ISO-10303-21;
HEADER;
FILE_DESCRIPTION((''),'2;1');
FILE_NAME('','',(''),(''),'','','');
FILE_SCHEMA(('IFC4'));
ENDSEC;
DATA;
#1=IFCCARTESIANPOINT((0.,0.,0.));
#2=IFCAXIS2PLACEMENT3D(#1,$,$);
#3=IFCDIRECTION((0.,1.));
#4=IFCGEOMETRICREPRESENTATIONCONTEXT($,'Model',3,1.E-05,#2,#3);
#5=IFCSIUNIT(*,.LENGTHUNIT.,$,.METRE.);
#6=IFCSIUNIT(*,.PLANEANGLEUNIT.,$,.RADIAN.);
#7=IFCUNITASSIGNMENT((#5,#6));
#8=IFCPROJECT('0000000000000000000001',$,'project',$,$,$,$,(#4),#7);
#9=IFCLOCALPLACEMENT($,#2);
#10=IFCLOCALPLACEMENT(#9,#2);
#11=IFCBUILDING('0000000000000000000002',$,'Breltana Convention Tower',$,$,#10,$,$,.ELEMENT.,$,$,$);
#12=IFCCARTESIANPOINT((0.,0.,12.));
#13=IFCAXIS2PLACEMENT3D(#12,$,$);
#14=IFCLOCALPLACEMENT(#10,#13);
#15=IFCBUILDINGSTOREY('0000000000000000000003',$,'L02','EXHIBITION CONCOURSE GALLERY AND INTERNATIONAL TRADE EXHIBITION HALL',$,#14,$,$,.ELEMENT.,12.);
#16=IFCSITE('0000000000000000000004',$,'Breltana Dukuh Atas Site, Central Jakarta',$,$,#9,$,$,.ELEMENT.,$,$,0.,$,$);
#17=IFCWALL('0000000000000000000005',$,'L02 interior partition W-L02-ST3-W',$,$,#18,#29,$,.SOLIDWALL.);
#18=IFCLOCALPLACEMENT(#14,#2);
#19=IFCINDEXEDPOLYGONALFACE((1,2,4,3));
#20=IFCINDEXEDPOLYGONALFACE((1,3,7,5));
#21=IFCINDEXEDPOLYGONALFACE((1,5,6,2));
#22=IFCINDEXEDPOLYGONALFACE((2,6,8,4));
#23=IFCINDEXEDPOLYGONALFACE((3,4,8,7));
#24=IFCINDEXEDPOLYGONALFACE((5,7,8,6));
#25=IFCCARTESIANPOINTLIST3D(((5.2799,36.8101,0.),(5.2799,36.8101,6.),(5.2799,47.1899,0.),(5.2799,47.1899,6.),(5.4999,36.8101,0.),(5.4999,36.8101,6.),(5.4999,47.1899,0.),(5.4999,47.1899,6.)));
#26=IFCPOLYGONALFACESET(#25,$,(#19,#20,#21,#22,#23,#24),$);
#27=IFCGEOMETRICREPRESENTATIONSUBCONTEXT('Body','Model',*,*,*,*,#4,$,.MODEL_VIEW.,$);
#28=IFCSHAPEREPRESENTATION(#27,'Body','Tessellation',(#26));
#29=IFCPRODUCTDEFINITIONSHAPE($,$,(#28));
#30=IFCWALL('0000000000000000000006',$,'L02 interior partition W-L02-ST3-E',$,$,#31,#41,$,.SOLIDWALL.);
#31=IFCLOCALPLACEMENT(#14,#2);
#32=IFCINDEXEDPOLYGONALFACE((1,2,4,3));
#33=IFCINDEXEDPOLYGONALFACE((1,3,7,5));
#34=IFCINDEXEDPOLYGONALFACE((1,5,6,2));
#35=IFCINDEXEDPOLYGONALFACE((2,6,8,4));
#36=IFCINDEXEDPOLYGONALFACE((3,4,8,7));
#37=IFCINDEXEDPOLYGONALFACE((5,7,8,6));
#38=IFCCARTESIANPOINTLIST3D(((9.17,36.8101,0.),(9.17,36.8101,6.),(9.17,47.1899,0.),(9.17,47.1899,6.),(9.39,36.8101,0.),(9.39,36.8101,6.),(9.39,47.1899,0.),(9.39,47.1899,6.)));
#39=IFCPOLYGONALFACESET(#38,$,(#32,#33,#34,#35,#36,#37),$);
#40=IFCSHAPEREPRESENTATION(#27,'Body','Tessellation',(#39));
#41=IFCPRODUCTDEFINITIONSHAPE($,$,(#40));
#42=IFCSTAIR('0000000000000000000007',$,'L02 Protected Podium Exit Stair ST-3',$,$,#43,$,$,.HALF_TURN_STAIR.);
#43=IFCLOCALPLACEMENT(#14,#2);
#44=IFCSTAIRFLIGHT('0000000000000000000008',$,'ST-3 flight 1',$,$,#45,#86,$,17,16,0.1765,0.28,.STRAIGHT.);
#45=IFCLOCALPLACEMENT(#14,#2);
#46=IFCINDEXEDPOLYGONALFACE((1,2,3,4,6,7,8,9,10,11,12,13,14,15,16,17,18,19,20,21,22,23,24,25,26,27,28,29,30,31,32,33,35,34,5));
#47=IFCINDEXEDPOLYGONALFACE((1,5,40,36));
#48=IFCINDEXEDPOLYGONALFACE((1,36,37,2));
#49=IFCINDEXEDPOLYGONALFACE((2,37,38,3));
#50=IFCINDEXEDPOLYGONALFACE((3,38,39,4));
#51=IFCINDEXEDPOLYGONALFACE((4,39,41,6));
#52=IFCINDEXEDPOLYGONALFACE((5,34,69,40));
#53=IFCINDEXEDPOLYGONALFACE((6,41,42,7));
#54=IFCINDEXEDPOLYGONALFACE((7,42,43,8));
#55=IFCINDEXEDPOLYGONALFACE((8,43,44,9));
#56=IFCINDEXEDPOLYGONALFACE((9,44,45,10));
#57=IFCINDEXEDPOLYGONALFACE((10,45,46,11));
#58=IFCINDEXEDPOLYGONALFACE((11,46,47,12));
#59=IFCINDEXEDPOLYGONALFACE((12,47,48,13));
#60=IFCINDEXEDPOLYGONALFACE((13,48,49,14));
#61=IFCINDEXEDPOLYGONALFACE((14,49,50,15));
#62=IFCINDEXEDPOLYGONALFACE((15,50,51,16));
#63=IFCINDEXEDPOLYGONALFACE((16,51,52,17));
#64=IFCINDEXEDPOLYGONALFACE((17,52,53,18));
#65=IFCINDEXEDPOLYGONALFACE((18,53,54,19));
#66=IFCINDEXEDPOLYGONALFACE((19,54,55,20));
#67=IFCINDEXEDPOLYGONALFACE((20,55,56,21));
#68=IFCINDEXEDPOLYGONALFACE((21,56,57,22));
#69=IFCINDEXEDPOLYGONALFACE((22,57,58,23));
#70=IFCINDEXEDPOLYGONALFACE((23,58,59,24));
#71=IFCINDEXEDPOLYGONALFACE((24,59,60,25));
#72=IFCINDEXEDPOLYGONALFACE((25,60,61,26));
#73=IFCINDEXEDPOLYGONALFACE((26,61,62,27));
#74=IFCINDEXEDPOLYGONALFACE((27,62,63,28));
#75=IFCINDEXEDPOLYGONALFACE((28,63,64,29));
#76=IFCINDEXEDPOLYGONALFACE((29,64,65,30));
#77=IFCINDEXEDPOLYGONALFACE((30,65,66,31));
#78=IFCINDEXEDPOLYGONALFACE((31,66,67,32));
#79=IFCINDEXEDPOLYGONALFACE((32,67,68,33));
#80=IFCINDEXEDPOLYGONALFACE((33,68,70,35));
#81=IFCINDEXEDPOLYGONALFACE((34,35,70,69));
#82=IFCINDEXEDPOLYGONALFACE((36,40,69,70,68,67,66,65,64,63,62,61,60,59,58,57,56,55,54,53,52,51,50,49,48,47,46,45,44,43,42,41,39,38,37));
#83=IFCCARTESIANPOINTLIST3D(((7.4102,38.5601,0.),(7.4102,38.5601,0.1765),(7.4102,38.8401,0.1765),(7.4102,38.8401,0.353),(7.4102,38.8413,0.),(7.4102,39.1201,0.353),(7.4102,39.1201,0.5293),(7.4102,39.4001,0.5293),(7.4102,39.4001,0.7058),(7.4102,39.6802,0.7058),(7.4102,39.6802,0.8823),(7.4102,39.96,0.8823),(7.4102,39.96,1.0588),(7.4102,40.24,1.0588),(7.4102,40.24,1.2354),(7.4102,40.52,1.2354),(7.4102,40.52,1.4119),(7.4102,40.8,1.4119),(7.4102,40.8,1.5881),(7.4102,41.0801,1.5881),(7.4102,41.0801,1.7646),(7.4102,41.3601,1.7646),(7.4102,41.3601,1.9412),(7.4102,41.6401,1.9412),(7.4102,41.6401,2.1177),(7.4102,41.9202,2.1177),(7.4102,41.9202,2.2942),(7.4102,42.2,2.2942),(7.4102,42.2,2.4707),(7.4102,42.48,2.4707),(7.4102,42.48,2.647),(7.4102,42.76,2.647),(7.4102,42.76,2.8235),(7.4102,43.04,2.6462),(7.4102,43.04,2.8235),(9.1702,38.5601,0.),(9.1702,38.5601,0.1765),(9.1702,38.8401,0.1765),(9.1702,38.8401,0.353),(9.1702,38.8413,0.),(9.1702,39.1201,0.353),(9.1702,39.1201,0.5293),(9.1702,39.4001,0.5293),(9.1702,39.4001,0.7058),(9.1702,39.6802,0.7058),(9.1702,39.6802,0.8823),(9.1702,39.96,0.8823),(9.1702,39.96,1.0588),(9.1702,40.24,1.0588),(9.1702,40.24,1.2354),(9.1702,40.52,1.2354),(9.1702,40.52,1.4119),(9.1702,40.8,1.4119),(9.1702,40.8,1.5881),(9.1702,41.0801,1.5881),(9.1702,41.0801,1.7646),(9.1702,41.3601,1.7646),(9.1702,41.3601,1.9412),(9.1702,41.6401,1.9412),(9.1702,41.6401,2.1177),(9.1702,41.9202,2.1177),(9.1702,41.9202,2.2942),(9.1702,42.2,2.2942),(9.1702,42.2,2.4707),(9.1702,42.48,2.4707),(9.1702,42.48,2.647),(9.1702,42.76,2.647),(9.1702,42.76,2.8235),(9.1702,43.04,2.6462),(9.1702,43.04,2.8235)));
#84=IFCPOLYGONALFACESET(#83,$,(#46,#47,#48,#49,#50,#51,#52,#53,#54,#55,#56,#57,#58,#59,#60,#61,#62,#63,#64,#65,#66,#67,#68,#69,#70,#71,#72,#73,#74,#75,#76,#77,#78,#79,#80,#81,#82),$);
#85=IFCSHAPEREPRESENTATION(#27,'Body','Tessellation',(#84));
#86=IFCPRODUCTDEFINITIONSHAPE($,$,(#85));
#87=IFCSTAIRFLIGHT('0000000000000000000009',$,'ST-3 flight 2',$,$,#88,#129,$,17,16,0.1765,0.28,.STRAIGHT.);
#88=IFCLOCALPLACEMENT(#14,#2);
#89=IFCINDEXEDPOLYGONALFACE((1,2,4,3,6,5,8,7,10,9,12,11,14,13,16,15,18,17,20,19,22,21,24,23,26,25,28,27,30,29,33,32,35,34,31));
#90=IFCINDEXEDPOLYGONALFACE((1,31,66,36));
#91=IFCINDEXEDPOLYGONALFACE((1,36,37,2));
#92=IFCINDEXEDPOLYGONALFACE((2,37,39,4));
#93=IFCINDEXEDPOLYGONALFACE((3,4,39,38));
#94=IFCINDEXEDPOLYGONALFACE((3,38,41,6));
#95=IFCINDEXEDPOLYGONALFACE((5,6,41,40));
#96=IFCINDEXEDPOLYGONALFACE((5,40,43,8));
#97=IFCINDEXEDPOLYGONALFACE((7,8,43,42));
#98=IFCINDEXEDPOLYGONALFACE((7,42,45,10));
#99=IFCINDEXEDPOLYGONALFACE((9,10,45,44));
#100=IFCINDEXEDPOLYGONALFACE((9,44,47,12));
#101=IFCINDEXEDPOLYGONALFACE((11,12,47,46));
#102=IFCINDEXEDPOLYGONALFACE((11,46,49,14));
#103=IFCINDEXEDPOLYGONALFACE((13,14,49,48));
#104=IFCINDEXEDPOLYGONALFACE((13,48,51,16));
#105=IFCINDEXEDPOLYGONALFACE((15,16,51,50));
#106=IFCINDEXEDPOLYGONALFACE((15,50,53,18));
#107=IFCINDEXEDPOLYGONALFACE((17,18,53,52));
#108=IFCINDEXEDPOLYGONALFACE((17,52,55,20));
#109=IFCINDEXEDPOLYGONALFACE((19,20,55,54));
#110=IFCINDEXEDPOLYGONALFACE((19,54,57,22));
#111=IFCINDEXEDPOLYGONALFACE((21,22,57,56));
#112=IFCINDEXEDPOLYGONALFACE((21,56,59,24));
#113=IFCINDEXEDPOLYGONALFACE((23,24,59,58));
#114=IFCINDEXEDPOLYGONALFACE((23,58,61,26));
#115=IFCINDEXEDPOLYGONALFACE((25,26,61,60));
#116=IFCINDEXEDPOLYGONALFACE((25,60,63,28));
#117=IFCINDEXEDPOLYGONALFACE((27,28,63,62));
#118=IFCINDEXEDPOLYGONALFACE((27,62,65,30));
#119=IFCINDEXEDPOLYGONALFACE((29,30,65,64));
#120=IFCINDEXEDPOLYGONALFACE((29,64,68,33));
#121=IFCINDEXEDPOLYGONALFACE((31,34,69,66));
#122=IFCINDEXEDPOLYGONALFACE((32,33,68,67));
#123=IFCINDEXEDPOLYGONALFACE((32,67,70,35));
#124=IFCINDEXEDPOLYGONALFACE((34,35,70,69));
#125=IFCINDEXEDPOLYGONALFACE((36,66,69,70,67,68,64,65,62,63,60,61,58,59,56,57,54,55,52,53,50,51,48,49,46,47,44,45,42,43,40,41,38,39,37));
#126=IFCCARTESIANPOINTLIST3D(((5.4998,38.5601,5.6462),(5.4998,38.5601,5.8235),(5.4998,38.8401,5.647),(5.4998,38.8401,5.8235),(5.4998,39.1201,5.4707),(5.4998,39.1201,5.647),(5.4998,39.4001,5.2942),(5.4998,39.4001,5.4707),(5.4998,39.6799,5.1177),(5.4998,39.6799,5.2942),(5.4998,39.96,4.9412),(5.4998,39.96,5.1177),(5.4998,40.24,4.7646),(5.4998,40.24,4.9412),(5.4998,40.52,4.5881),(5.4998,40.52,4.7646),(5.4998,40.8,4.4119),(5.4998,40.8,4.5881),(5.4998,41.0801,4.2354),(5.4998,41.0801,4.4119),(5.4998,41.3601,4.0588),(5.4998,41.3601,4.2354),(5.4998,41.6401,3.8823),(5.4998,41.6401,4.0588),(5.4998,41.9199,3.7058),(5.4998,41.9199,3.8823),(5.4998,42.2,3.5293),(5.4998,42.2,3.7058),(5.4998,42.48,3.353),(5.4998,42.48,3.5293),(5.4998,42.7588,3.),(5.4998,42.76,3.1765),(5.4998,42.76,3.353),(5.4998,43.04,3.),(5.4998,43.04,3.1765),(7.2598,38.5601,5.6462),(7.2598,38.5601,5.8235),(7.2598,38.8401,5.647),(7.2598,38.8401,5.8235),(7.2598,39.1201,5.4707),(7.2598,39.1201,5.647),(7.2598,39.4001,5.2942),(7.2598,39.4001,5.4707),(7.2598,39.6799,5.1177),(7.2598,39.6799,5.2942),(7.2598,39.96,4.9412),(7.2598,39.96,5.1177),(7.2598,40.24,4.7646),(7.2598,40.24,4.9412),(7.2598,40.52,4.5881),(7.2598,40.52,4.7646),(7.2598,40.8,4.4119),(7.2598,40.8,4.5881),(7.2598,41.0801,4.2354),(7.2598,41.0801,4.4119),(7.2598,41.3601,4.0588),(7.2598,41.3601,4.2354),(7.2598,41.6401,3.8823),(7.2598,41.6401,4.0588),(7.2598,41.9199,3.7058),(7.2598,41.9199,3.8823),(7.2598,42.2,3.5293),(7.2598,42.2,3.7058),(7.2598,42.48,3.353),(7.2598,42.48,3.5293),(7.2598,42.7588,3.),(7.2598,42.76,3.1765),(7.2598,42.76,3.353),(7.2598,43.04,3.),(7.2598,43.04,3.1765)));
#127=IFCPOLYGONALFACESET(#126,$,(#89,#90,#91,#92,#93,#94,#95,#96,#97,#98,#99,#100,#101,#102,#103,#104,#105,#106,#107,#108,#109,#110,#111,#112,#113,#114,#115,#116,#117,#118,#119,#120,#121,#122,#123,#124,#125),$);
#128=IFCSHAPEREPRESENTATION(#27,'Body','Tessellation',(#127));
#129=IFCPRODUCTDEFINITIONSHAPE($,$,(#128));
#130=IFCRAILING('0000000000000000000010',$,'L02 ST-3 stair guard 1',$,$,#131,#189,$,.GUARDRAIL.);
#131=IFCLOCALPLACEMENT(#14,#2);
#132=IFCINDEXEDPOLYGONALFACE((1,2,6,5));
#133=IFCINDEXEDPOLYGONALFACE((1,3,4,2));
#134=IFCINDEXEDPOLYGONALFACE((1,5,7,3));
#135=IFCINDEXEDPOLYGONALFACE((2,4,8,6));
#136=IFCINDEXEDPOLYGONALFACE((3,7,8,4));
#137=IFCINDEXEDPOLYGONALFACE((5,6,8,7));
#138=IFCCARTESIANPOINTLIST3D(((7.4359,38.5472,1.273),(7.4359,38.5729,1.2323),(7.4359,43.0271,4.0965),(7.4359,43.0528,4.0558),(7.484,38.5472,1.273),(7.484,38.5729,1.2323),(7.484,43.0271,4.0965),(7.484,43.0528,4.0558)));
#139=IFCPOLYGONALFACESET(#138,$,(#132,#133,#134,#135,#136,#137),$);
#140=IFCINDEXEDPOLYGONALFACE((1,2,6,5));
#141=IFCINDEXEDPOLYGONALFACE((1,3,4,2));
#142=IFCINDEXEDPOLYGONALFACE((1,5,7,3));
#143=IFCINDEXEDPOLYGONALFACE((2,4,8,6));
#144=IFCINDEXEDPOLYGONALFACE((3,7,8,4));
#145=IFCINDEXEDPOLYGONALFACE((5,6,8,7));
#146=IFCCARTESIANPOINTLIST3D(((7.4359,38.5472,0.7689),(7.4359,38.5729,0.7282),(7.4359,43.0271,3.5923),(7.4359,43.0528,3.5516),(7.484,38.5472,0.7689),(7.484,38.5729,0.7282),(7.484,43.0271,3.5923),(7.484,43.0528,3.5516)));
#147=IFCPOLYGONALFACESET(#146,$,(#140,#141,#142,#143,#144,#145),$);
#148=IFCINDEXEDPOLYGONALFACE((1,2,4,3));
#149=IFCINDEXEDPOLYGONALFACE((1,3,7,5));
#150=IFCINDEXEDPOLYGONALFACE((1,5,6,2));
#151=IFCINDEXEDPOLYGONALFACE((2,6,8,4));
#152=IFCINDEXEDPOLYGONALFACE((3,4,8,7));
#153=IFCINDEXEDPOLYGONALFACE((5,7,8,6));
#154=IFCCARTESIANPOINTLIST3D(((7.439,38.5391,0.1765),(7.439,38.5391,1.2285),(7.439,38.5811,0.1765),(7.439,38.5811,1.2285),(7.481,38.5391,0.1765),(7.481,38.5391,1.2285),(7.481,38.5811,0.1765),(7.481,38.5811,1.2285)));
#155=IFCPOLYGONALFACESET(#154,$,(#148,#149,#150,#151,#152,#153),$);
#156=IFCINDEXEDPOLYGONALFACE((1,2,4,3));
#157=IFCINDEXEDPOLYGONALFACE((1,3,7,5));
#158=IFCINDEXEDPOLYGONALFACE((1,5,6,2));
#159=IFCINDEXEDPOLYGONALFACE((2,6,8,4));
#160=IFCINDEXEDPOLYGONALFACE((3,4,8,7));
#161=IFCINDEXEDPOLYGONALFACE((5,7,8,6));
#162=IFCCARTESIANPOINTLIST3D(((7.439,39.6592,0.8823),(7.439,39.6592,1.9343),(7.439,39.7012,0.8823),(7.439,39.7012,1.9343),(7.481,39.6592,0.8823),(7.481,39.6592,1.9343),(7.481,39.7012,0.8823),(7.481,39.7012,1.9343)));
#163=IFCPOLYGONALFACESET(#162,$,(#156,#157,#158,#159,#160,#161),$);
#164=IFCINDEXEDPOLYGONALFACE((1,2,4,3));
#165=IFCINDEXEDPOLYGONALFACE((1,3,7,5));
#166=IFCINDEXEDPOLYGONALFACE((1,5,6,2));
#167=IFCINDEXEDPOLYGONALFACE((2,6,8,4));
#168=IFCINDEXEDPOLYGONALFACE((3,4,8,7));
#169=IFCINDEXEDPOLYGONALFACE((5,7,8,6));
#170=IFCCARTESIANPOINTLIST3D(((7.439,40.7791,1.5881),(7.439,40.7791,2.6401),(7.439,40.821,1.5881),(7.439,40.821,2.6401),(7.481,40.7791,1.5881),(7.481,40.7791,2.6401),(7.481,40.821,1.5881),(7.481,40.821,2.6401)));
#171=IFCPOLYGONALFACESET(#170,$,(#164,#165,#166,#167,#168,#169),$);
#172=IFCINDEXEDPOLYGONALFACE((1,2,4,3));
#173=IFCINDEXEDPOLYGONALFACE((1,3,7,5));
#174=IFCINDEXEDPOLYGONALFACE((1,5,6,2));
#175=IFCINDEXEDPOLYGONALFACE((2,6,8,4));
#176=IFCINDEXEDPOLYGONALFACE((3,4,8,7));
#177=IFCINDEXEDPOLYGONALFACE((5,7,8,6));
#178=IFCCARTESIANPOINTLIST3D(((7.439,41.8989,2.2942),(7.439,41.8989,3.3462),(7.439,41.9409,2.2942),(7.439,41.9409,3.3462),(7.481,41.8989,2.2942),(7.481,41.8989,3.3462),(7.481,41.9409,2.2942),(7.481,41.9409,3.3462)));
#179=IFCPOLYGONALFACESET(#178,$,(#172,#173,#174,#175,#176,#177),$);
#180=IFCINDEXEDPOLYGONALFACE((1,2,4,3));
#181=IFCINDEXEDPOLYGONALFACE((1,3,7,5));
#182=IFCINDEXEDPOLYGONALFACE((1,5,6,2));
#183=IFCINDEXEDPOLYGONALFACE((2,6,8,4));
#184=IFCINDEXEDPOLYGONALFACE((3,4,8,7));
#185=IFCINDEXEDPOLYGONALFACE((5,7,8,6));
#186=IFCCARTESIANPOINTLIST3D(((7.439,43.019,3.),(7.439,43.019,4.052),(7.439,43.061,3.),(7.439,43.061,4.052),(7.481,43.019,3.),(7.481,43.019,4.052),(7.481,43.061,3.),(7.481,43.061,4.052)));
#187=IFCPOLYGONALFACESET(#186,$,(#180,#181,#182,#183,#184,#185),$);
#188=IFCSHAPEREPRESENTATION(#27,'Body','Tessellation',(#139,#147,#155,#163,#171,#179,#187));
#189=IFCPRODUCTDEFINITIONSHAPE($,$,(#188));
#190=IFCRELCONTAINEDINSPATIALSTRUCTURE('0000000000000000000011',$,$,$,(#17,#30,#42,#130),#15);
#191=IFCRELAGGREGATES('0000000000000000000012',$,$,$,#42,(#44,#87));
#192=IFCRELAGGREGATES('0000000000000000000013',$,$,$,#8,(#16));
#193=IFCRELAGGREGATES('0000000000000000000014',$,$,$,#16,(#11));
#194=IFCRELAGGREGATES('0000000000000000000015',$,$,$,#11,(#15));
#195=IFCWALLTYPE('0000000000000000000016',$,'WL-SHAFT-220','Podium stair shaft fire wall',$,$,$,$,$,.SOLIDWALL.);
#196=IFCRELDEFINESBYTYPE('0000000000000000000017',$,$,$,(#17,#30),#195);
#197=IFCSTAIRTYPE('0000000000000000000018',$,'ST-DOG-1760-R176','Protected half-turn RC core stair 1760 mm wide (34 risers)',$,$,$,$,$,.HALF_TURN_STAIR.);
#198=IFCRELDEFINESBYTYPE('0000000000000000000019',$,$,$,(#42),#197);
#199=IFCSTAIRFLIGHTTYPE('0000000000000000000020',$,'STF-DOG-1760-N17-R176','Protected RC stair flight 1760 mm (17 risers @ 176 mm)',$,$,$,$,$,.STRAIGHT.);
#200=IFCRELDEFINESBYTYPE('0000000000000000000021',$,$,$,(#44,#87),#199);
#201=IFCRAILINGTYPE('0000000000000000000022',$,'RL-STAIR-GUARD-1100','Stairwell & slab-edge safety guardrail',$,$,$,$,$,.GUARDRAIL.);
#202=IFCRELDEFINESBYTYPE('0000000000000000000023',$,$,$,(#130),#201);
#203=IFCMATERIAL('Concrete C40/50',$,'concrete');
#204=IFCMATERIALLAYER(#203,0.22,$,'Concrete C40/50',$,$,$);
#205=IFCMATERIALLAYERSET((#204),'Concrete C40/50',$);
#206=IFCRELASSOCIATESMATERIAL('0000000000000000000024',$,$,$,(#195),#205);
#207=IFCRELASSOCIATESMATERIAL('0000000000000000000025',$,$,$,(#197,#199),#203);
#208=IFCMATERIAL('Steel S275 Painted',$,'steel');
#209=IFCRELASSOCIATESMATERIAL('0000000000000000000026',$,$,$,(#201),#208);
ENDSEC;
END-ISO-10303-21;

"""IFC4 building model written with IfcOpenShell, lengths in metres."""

from ifc_helpers import new_model, si_unit, direction, frame, frame_2d, origin, origin_2d, place, context, subcontext, project, spatial, polyline, rectangle, outline, extrude, source, transform, mapped, material, layer, layer_set, type_object, element, aggregate, save


model = new_model("IFC4")

# Units and contexts
model_context = context("Model", 3, precision=1e-05, world=origin(), true_north=direction((0.0, 1.0)))
body_context = subcontext(model_context, "Body", "Model", "MODEL_VIEW")
ifc_project = project(units=[si_unit("LENGTHUNIT", "METRE"), si_unit("PLANEANGLEUNIT", "RADIAN")], contexts=[model_context])

# Site, building, storey
site_placement = place(None, origin())
site = spatial("IfcSite", under=ifc_project, at=site_placement, Name="Breltana Dukuh Atas Site, Central Jakarta", CompositionType="ELEMENT", RefElevation=0.0)
building_placement = place(site_placement, origin())
building = spatial("IfcBuilding", under=site, at=building_placement, Name="Breltana Convention Tower", CompositionType="ELEMENT")
storey_placement = place(building_placement, frame((0.0, 0.0, 12.0)))
storey = spatial("IfcBuildingStorey", under=building, at=storey_placement, Name="L02", Description="EXHIBITION CONCOURSE GALLERY AND INTERNATIONAL TRADE EXHIBITION HALL", CompositionType="ELEMENT", Elevation=12.0)

# Shared definitions
ifc_material_1 = material(Name="Concrete C40/50", Category="concrete")
ifc_layer_1 = layer(ifc_material_1, 0.22, Name="Concrete C40/50")
ifc_layer_set_1 = layer_set([ifc_layer_1], Name="Concrete C40/50")
wall_type_1 = type_object("IfcWallType", Name="WL-SHAFT-220", Description="Podium stair shaft fire wall", PredefinedType="SOLIDWALL", material=ifc_layer_set_1)

# Walls
shared_shape_1 = source(origin(), body_context, "Body", "SweptSolid", [
    extrude(rectangle(XDim=10.3799, YDim=0.22, at=frame_2d((5.1899, 0.0))), origin(), (0.0, 0.0, 1.0), 6.0),
])
for number, where, z_axis, x_axis, name in (
    (1, (5.3899, 36.8101, 0.0), (0.0, 0.0, 1.0), (0.0, 1.0, 0.0), "L02 interior partition W-L02-ST3-W"),
    (2, (9.28, 36.8101, 0.0), (0.0, 0.0, 1.0), (0.0, 1.0, 0.0), "L02 interior partition W-L02-ST3-E"),
):
    element("IfcWall", number, at=place(storey_placement, frame(where, z_axis=z_axis, x_axis=x_axis)), inside=storey, type_object=wall_type_1, Name=name, PredefinedType="SOLIDWALL", context=body_context, shape_type="MappedRepresentation", body=[
        mapped(shared_shape_1, transform((0.0, 0.0, 0.0), scale=1.0)),
    ])

# Stair, stair flights
stair_type = type_object("IfcStairType", Name="ST-DOG-1760-R176", Description="Protected half-turn RC core stair 1760 mm wide (34 risers)", PredefinedType="HALF_TURN_STAIR", material=ifc_material_1)
stair_placement = place(storey_placement, origin())
stair = element("IfcStair", 3, at=stair_placement, inside=storey, type_object=stair_type, Name="L02 Protected Podium Exit Stair ST-3", PredefinedType="HALF_TURN_STAIR")
stair_flight_type = type_object("IfcStairFlightType", Name="STF-DOG-1760-N17-R176", Description="Protected RC stair flight 1760 mm (17 risers @ 176 mm)", PredefinedType="STRAIGHT", material=ifc_material_1)
stair_flight_1_placement = place(storey_placement, frame((8.29, 38.5601, 0.0), z_axis=(0.0, 0.0, 1.0), x_axis=(0.0, 1.0, 0.0)))
stair_flight_1 = element("IfcStairFlight", 4, at=stair_flight_1_placement, type_object=stair_flight_type, Name="ST-3 flight 1", NumberOfRisers=17, NumberOfTreads=16, PredefinedType="STRAIGHT", RiserHeight=0.1765, TreadLength=0.28, context=body_context, shape_type="SweptSolid", body=[
    extrude(outline(polyline([(0.0, 0.0), (0.0, 0.1765), (0.28, 0.1765), (0.28, 0.353), (0.5601, 0.353), (0.5601, 0.5293), (0.8401, 0.5293), (0.8401, 0.7058), (1.1201, 0.7058), (1.1201, 0.8823), (1.3999, 0.8823), (1.3999, 1.0588), (1.6799, 1.0588), (1.6799, 1.2354), (1.96, 1.2354), (1.96, 1.4119), (2.24, 1.4119), (2.24, 1.5881), (2.52, 1.5881), (2.52, 1.7646), (2.8, 1.7646), (2.8, 1.9412), (3.0801, 1.9412), (3.0801, 2.1177), (3.3601, 2.1177), (3.3601, 2.2942), (3.6399, 2.2942), (3.6399, 2.4707), (3.9199, 2.4707), (3.9199, 2.647), (4.2, 2.647), (4.2, 2.8235), (4.48, 2.8235), (4.48, 3.0), (4.48, 2.6462), (0.2812, 0.0), (0.0, 0.0)])), frame((0.0, 0.8799, 0.0), z_axis=(0.0, -1.0, 0.0), x_axis=(1.0, 0.0, 0.0)), (0.0, 0.0, 1.0), 1.76),
])
stair_flight_2_placement = place(storey_placement, frame((6.3799, 43.04, 3.0), z_axis=(0.0, 0.0, 1.0), x_axis=(0.0, -1.0, 0.0)))
stair_flight_2 = element("IfcStairFlight", 5, at=stair_flight_2_placement, type_object=stair_flight_type, Name="ST-3 flight 2", NumberOfRisers=17, NumberOfTreads=16, PredefinedType="STRAIGHT", RiserHeight=0.1765, TreadLength=0.28, context=body_context, shape_type="SweptSolid", body=[
    extrude(outline(polyline([(0.0, 0.0), (0.0, 0.1765), (0.28, 0.1765), (0.28, 0.353), (0.5601, 0.353), (0.5601, 0.5293), (0.8401, 0.5293), (0.8401, 0.7058), (1.1201, 0.7058), (1.1201, 0.8823), (1.3999, 0.8823), (1.3999, 1.0588), (1.6799, 1.0588), (1.6799, 1.2354), (1.96, 1.2354), (1.96, 1.4119), (2.24, 1.4119), (2.24, 1.5881), (2.52, 1.5881), (2.52, 1.7646), (2.8, 1.7646), (2.8, 1.9412), (3.0801, 1.9412), (3.0801, 2.1177), (3.3601, 2.1177), (3.3601, 2.2942), (3.6399, 2.2942), (3.6399, 2.4707), (3.9199, 2.4707), (3.9199, 2.647), (4.2, 2.647), (4.2, 2.8235), (4.48, 2.8235), (4.48, 3.0), (4.48, 2.6462), (0.2812, 0.0), (0.0, 0.0)])), frame((0.0, 0.8799, 0.0), z_axis=(0.0, -1.0, 0.0), x_axis=(1.0, 0.0, 0.0)), (0.0, 0.0, 1.0), 1.76),
])
aggregate(stair, [stair_flight_1, stair_flight_2])

# Railing
ifc_material_2 = material(Name="Steel S275 Painted", Category="steel")
railing_type_1 = type_object("IfcRailingType", Name="RL-STAIR-GUARD-1100", Description="Stairwell & slab-edge safety guardrail", PredefinedType="GUARDRAIL", material=ifc_material_2)
railing_1_placement = place(storey_placement, frame((7.46, 38.5601, 0.1765)))
element("IfcRailing", 6, at=railing_1_placement, inside=storey, type_object=railing_type_1, Name="L02 ST-3 stair guard 1", PredefinedType="GUARDRAIL", context=body_context, shape_type="SweptSolid", body=[
    extrude(rectangle(XDim=0.0481, YDim=0.0481, at=origin_2d()), frame((0.0, 0.0, 1.0762), z_axis=(0.0, 0.845998, 0.533186), x_axis=(-1.0, 0.0, 0.0)), (0.0, 0.0, 1.0), 5.2954),
    extrude(rectangle(XDim=0.0481, YDim=0.0481, at=origin_2d()), frame((0.0, 0.0, 0.572), z_axis=(0.0, 0.845998, 0.533186), x_axis=(-1.0, 0.0, 0.0)), (0.0, 0.0, 1.0), 5.2954),
    extrude(rectangle(XDim=0.042, YDim=0.042, at=origin_2d()), origin(), (0.0, 0.0, 1.0), 1.052),
    extrude(rectangle(XDim=0.042, YDim=0.042, at=origin_2d()), frame((0.0, 1.1201, 0.7058)), (0.0, 0.0, 1.0), 1.052),
    extrude(rectangle(XDim=0.042, YDim=0.042, at=origin_2d()), frame((0.0, 2.24, 1.4116)), (0.0, 0.0, 1.0), 1.052),
    extrude(rectangle(XDim=0.042, YDim=0.042, at=origin_2d()), frame((0.0, 3.3599, 2.1177)), (0.0, 0.0, 1.0), 1.052),
    extrude(rectangle(XDim=0.042, YDim=0.042, at=origin_2d()), frame((0.0, 4.48, 2.8235)), (0.0, 0.0, 1.0), 1.052),
])

save(model, "model.ifc")
